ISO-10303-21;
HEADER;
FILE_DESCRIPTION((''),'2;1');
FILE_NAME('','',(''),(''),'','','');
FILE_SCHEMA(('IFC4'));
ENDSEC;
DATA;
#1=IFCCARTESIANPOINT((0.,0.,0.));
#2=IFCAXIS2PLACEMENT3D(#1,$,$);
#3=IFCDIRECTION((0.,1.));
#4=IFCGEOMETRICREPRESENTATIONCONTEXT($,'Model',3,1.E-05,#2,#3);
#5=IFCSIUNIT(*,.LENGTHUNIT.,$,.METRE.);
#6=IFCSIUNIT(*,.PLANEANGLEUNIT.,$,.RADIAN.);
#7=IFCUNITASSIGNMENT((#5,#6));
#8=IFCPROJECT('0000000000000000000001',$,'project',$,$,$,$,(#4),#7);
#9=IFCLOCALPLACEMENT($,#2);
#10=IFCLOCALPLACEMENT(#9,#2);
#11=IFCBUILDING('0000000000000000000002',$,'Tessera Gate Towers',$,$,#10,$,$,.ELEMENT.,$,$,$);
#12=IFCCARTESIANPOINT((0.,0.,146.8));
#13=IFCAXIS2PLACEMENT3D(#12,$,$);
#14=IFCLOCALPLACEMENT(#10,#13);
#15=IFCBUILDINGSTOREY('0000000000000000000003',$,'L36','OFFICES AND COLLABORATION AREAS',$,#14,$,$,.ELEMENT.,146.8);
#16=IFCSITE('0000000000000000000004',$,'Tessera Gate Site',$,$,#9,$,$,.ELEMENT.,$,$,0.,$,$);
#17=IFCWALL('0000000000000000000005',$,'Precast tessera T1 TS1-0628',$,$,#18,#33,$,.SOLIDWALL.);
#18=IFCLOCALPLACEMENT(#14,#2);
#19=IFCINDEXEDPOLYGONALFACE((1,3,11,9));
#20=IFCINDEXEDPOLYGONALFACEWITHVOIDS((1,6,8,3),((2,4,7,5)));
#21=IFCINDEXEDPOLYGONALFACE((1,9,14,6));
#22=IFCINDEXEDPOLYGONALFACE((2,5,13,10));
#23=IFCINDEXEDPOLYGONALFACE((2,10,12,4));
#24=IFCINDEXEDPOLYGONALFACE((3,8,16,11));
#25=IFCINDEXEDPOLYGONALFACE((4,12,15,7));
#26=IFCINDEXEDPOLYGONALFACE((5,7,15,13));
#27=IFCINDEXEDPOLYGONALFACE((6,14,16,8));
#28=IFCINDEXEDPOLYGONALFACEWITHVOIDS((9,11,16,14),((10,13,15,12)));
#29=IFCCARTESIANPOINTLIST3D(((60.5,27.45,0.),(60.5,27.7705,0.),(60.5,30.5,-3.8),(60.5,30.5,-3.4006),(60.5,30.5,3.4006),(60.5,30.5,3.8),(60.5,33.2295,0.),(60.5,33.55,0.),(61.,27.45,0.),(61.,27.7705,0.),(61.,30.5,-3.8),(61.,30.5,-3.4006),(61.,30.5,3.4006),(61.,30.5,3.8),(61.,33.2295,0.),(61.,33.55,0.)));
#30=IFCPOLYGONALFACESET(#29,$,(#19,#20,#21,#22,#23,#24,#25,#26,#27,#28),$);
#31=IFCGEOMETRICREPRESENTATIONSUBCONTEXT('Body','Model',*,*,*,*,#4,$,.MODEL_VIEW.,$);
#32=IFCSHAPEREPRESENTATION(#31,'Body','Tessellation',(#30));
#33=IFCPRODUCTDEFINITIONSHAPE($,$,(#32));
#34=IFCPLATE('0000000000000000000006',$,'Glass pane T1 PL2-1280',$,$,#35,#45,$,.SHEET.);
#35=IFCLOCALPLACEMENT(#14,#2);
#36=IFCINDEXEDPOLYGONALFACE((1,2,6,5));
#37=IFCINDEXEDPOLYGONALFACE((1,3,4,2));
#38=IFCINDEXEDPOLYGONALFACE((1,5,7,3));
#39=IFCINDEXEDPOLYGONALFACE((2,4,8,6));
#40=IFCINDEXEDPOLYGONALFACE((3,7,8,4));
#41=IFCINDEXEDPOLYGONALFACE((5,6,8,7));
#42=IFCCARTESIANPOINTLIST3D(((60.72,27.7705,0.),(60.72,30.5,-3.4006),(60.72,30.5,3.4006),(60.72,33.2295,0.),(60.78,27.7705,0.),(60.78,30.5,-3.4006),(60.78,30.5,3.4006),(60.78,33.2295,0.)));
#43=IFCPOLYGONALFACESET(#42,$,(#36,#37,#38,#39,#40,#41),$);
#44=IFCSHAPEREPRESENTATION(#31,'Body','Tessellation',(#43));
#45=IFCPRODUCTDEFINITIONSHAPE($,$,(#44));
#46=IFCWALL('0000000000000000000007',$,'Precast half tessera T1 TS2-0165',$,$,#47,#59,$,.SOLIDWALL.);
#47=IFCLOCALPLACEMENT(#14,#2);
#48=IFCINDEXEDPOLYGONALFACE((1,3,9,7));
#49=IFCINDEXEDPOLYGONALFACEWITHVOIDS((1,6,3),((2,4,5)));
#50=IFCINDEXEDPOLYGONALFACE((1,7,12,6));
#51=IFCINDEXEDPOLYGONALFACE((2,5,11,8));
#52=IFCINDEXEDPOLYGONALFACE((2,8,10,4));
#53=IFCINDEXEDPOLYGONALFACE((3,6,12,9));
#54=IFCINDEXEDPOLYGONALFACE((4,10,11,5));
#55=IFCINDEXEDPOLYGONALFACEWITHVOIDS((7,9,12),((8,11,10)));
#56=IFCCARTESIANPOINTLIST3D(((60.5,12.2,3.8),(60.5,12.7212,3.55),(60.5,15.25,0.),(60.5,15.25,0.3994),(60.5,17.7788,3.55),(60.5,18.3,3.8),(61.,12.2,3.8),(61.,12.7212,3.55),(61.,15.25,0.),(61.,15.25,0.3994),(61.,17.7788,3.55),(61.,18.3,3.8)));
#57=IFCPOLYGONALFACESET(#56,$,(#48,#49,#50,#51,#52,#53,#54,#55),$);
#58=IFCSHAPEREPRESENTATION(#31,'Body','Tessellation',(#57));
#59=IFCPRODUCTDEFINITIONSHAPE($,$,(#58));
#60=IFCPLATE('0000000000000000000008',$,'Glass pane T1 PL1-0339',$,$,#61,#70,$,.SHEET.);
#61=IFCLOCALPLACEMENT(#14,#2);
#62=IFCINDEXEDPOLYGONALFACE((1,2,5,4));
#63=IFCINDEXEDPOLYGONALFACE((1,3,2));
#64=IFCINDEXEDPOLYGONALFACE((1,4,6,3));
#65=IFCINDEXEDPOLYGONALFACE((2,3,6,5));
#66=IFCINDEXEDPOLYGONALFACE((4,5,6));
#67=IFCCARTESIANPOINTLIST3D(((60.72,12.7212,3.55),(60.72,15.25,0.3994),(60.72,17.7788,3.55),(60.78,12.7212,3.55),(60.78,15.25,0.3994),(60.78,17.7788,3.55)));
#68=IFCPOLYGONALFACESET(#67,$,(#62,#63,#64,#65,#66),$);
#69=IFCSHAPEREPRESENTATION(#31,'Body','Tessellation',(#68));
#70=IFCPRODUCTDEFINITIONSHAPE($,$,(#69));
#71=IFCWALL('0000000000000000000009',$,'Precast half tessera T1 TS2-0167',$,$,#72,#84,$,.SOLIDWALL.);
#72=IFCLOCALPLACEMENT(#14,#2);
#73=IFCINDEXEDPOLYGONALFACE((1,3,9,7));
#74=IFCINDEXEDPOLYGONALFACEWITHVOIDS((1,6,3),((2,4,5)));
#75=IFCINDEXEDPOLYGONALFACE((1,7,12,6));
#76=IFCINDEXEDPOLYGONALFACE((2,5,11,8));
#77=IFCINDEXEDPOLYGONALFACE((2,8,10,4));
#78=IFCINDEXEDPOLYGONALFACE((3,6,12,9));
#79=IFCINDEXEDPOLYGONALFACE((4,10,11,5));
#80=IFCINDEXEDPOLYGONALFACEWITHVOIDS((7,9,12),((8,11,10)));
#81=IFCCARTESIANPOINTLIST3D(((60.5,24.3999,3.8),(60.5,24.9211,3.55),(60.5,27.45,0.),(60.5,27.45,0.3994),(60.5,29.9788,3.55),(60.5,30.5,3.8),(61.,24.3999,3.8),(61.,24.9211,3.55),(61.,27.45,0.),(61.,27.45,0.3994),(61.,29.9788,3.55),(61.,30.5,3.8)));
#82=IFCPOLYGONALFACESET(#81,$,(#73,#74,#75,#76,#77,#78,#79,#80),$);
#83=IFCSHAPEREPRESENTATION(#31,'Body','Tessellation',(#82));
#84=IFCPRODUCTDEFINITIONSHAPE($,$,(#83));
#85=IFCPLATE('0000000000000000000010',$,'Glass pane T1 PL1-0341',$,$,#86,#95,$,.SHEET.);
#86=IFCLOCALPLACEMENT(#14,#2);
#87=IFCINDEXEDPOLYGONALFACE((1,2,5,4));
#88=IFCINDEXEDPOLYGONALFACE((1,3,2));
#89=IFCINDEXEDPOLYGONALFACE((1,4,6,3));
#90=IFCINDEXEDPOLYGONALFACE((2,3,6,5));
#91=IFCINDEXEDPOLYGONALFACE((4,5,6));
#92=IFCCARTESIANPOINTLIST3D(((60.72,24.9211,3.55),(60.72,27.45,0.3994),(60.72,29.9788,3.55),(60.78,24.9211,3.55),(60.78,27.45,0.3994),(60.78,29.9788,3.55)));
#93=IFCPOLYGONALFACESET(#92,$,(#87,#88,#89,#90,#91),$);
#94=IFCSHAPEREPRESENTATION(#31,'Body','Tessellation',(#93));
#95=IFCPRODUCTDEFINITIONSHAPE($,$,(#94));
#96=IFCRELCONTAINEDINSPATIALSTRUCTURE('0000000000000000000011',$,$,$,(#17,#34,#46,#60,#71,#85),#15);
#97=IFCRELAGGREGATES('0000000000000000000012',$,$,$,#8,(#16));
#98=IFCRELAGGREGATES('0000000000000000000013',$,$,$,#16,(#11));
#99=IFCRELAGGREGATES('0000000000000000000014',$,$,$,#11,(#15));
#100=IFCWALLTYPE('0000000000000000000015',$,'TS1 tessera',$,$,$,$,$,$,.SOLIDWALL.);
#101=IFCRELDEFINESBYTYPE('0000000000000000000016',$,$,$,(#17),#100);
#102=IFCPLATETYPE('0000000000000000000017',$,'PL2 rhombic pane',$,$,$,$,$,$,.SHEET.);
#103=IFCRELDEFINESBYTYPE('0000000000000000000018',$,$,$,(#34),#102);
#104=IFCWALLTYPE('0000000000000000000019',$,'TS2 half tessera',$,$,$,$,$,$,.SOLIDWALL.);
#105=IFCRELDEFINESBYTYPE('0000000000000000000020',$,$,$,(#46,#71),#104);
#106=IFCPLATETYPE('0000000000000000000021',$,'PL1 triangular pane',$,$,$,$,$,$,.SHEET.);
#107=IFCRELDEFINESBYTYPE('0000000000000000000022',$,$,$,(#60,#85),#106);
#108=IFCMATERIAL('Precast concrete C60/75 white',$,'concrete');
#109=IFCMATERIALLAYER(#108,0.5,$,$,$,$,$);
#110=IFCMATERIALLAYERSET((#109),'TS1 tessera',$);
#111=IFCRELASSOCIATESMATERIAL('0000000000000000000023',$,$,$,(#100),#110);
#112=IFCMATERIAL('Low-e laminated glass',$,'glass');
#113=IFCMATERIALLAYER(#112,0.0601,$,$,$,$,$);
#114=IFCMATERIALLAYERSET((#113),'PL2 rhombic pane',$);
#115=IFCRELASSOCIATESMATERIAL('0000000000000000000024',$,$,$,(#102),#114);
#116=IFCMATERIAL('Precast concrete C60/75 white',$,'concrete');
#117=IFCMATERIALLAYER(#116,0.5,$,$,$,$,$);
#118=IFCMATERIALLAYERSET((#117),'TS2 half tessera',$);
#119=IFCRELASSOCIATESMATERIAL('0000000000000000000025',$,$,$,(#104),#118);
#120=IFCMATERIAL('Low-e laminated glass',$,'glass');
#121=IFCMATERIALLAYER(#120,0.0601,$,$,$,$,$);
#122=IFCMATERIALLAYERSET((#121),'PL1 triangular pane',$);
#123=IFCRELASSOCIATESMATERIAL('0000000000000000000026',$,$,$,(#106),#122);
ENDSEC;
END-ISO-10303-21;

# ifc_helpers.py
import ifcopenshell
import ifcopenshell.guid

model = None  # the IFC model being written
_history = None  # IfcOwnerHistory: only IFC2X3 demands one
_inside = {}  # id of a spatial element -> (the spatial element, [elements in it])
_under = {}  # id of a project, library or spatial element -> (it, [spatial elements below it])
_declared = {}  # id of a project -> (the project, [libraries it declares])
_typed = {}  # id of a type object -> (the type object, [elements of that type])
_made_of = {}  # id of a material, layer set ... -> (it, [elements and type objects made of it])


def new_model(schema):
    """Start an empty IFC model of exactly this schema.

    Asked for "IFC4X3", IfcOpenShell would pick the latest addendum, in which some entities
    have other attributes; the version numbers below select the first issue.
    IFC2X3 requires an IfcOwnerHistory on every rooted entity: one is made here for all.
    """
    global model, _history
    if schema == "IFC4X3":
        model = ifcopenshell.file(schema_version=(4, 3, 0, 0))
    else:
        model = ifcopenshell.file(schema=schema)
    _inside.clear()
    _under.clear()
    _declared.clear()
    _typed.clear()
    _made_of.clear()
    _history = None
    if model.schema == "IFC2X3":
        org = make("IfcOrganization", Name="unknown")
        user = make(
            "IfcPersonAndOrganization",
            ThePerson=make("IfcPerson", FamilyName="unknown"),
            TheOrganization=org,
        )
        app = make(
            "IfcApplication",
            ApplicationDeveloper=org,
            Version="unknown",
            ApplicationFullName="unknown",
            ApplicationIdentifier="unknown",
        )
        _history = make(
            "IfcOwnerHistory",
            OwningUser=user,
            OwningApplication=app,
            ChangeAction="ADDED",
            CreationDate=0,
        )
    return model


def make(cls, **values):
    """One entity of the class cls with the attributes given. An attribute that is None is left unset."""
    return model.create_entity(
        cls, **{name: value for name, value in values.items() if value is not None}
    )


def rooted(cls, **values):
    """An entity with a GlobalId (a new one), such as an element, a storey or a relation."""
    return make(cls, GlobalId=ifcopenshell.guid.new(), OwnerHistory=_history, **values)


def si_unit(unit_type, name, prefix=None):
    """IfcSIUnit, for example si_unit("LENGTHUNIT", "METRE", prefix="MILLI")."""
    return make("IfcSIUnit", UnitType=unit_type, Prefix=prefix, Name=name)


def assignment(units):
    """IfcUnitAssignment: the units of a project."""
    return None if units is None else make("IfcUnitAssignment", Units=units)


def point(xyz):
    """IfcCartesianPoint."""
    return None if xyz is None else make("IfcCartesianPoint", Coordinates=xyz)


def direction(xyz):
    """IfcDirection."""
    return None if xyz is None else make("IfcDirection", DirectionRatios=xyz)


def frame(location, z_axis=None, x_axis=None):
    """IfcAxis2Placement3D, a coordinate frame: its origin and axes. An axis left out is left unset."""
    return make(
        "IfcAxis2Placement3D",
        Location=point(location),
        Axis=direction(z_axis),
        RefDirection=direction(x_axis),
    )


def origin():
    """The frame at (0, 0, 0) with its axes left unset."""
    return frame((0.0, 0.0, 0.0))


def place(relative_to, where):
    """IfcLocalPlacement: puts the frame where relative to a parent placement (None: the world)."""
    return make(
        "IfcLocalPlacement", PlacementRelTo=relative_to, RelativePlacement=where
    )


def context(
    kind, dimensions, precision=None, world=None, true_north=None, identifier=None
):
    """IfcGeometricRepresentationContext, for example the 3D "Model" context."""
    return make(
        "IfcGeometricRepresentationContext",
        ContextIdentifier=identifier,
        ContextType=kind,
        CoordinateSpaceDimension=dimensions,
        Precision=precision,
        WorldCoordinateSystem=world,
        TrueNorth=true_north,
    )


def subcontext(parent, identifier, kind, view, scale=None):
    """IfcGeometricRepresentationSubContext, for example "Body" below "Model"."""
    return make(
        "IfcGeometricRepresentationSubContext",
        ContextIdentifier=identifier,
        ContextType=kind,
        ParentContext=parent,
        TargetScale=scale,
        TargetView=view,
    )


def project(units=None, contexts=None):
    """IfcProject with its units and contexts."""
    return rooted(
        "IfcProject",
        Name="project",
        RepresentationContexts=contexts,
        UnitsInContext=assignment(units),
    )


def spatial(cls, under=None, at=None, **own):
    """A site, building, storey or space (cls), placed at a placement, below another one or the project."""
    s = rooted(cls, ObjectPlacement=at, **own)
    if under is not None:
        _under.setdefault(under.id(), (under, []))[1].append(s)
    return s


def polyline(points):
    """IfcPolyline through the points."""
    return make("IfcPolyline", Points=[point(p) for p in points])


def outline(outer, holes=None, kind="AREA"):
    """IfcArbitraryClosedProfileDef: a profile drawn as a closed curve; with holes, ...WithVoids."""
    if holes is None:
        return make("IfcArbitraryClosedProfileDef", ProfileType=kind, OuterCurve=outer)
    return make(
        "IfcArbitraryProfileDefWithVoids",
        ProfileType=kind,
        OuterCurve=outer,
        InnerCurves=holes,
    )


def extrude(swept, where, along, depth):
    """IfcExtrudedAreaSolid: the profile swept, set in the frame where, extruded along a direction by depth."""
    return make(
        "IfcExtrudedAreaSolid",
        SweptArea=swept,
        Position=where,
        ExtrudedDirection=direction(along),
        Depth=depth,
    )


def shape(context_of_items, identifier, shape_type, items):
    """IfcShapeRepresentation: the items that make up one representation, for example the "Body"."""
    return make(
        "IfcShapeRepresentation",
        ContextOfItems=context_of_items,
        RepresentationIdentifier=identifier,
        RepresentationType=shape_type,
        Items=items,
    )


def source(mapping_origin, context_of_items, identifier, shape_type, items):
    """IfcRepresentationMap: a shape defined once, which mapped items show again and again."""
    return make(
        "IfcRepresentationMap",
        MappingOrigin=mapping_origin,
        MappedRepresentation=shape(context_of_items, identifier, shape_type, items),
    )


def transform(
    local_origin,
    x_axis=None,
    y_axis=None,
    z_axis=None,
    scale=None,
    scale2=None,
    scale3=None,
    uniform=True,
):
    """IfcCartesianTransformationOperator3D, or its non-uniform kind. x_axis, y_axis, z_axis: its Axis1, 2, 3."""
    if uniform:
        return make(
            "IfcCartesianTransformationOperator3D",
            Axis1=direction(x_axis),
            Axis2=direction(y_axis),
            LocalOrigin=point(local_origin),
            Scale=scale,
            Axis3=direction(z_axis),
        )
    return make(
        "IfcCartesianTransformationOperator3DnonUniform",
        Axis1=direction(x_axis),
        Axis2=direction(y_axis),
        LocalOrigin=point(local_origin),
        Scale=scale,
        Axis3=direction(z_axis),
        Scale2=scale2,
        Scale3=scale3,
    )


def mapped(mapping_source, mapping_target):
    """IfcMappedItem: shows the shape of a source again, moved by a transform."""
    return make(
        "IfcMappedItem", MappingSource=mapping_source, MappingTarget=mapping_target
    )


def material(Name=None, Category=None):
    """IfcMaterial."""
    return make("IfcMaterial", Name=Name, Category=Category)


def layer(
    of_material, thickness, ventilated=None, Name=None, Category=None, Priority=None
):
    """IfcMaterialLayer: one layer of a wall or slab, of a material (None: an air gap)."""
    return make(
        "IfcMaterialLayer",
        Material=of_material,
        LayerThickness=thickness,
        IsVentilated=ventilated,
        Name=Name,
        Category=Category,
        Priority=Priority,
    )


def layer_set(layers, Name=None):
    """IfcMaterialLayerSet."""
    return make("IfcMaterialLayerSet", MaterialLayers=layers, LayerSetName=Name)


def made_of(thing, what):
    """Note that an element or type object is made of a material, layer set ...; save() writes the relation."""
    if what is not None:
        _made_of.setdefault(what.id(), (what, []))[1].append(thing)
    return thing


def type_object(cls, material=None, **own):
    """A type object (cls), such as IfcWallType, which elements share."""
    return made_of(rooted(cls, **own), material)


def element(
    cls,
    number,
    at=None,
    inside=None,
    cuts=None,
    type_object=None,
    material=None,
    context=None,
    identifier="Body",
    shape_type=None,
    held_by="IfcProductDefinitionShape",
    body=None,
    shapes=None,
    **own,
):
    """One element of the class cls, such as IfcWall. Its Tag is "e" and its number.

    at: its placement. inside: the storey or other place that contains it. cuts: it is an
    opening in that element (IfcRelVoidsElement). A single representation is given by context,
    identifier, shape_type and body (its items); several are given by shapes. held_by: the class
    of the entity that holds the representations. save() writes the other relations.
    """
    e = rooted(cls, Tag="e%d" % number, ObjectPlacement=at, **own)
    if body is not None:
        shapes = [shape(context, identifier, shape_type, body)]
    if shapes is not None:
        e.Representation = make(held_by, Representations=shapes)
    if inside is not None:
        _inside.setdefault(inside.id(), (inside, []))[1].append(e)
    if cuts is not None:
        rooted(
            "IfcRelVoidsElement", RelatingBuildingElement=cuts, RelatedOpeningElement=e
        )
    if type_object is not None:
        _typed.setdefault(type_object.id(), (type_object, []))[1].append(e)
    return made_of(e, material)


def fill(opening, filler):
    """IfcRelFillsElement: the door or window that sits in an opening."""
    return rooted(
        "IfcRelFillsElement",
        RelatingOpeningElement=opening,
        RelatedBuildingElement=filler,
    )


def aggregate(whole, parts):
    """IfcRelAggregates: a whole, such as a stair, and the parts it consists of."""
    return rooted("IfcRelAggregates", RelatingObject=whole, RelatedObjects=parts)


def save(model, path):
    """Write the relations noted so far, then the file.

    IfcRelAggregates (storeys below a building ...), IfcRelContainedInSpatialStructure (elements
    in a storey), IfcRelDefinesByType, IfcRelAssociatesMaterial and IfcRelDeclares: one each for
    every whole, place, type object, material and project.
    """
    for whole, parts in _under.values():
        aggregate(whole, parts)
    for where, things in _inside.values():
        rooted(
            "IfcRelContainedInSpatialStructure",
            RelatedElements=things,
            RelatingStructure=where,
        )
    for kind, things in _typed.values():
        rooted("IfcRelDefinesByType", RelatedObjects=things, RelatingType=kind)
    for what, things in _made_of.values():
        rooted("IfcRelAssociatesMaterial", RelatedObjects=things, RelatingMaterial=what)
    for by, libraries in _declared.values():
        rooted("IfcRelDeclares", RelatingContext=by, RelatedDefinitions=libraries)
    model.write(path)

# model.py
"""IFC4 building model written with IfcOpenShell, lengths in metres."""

from ifc_helpers import new_model, si_unit, direction, frame, origin, place, context, subcontext, project, spatial, polyline, outline, extrude, source, transform, mapped, material, layer, layer_set, type_object, element, fill, save


model = new_model("IFC4")

# Units and contexts
model_context = context("Model", 3, precision=1e-05, world=origin(), true_north=direction((0.0, 1.0)))
body_context = subcontext(model_context, "Body", "Model", "MODEL_VIEW")
ifc_project = project(units=[si_unit("LENGTHUNIT", "METRE"), si_unit("PLANEANGLEUNIT", "RADIAN")], contexts=[model_context])

# Site, building, storey
site_placement = place(None, origin())
site = spatial("IfcSite", under=ifc_project, at=site_placement, Name="Tessera Gate Site", CompositionType="ELEMENT", RefElevation=0.0)
building_placement = place(site_placement, origin())
building = spatial("IfcBuilding", under=site, at=building_placement, Name="Tessera Gate Towers", CompositionType="ELEMENT")
storey_placement = place(building_placement, frame((0.0, 0.0, 146.8)))
storey = spatial("IfcBuildingStorey", under=building, at=storey_placement, Name="L36", Description="OFFICES AND COLLABORATION AREAS", CompositionType="ELEMENT", Elevation=146.8)

# Walls, openings, plates
ifc_material_1 = material(Name="Precast concrete C60/75 white", Category="concrete")
ifc_layer_1 = layer(ifc_material_1, 0.5)
ifc_layer_set_1 = layer_set([ifc_layer_1], Name="TS1 tessera")
wall_type_1 = type_object("IfcWallType", Name="TS1 tessera", PredefinedType="SOLIDWALL", material=ifc_layer_set_1)
shared_shape_1 = source(origin(), body_context, "Body", "SweptSolid", [
    extrude(outline(polyline([(3.05, 0.0), (6.1001, 3.8), (3.05, 7.6001), (0.0, 3.8), (3.05, 0.0)])), frame((0.0, 0.25, 0.0), z_axis=(0.0, -1.0, 0.0), x_axis=(1.0, 0.0, 0.0)), (0.0, 0.0, 1.0), 0.5),
])
shared_shape_2 = source(origin(), body_context, "Body", "SweptSolid", [
    extrude(outline(polyline([(3.05, 0.3994), (5.7795, 3.8), (3.05, 7.2007), (0.3206, 3.8), (3.05, 0.3994)])), frame((0.0, 0.26, 0.0), z_axis=(0.0, -1.0, 0.0), x_axis=(1.0, 0.0, 0.0)), (0.0, 0.0, 1.0), 0.52),
])
ifc_material_2 = material(Name="Low-e laminated glass", Category="glass")
ifc_layer_2 = layer(ifc_material_2, 0.0601)
ifc_layer_set_2 = layer_set([ifc_layer_2], Name="PL2 rhombic pane")
plate_type_1 = type_object("IfcPlateType", Name="PL2 rhombic pane", PredefinedType="SHEET", material=ifc_layer_set_2)
shared_shape_3 = source(origin(), body_context, "Body", "SweptSolid", [
    extrude(outline(polyline([(3.05, 0.3994), (5.7795, 3.8), (3.05, 7.2007), (0.3206, 3.8), (3.05, 0.3994)])), frame((0.0, 0.03, 0.0), z_axis=(0.0, -1.0, 0.0), x_axis=(1.0, 0.0, 0.0)), (0.0, 0.0, 1.0), 0.0601),
])
wall_1_placement = place(storey_placement, frame((60.75, 27.45, -3.8), z_axis=(0.0, 0.0, 1.0), x_axis=(0.0, 1.0, 0.0)))
wall_1 = element("IfcWall", 1, at=wall_1_placement, inside=storey, type_object=wall_type_1, Name="Precast tessera T1 TS1-0628", PredefinedType="SOLIDWALL", context=body_context, shape_type="MappedRepresentation", body=[
    mapped(shared_shape_1, transform((0.0, 0.0, 0.0), scale=1.0)),
])
opening_1_placement = place(wall_1_placement, origin())
opening_1 = element("IfcOpeningElement", 2, at=opening_1_placement, cuts=wall_1, PredefinedType="OPENING", context=body_context, shape_type="MappedRepresentation", body=[
    mapped(shared_shape_2, transform((0.0, 0.0, 0.0), scale=1.0)),
])
plate_1_placement = place(opening_1_placement, origin())
plate_1 = element("IfcPlate", 3, at=plate_1_placement, inside=storey, type_object=plate_type_1, Name="Glass pane T1 PL2-1280", PredefinedType="SHEET", context=body_context, shape_type="MappedRepresentation", body=[
    mapped(shared_shape_3, transform((0.0, 0.0, 0.0), scale=1.0)),
])
fill(opening_1, plate_1)
ifc_material_3 = material(Name="Precast concrete C60/75 white", Category="concrete")
ifc_layer_3 = layer(ifc_material_3, 0.5)
ifc_layer_set_3 = layer_set([ifc_layer_3], Name="TS2 half tessera")
wall_type_2 = type_object("IfcWallType", Name="TS2 half tessera", PredefinedType="SOLIDWALL", material=ifc_layer_set_3)
shared_shape_4 = source(origin(), body_context, "Body", "SweptSolid", [
    extrude(outline(polyline([(3.05, 0.0), (6.1001, 3.8), (0.0, 3.8), (3.05, 0.0)])), frame((0.0, 0.25, 0.0), z_axis=(0.0, -1.0, 0.0), x_axis=(1.0, 0.0, 0.0)), (0.0, 0.0, 1.0), 0.5),
])
wall_2_placement = place(storey_placement, frame((60.75, 12.2, 0.0), z_axis=(0.0, 0.0, 1.0), x_axis=(0.0, 1.0, 0.0)))
wall_2 = element("IfcWall", 4, at=wall_2_placement, inside=storey, type_object=wall_type_2, Name="Precast half tessera T1 TS2-0165", PredefinedType="SOLIDWALL", context=body_context, shape_type="MappedRepresentation", body=[
    mapped(shared_shape_4, transform((0.0, 0.0, 0.0), scale=1.0)),
])
shared_shape_5 = source(origin(), body_context, "Body", "SweptSolid", [
    extrude(outline(polyline([(3.05, 0.3994), (5.5789, 3.55), (0.5212, 3.55), (3.05, 0.3994)])), frame((0.0, 0.26, 0.0), z_axis=(0.0, -1.0, 0.0), x_axis=(1.0, 0.0, 0.0)), (0.0, 0.0, 1.0), 0.52),
])
opening_2_placement = place(wall_2_placement, origin())
opening_2 = element("IfcOpeningElement", 5, at=opening_2_placement, cuts=wall_2, PredefinedType="OPENING", context=body_context, shape_type="MappedRepresentation", body=[
    mapped(shared_shape_5, transform((0.0, 0.0, 0.0), scale=1.0)),
])
ifc_material_4 = material(Name="Low-e laminated glass", Category="glass")
ifc_layer_4 = layer(ifc_material_4, 0.0601)
ifc_layer_set_4 = layer_set([ifc_layer_4], Name="PL1 triangular pane")
plate_type_2 = type_object("IfcPlateType", Name="PL1 triangular pane", PredefinedType="SHEET", material=ifc_layer_set_4)
shared_shape_6 = source(origin(), body_context, "Body", "SweptSolid", [
    extrude(outline(polyline([(3.05, 0.3994), (5.5789, 3.55), (0.5212, 3.55), (3.05, 0.3994)])), frame((0.0, 0.03, 0.0), z_axis=(0.0, -1.0, 0.0), x_axis=(1.0, 0.0, 0.0)), (0.0, 0.0, 1.0), 0.0601),
])
plate_2_placement = place(opening_2_placement, origin())
plate_2 = element("IfcPlate", 6, at=plate_2_placement, inside=storey, type_object=plate_type_2, Name="Glass pane T1 PL1-0339", PredefinedType="SHEET", context=body_context, shape_type="MappedRepresentation", body=[
    mapped(shared_shape_6, transform((0.0, 0.0, 0.0), scale=1.0)),
])
fill(opening_2, plate_2)
wall_3_placement = place(storey_placement, frame((60.75, 24.3999, 0.0), z_axis=(0.0, 0.0, 1.0), x_axis=(0.0, 1.0, 0.0)))
wall_3 = element("IfcWall", 7, at=wall_3_placement, inside=storey, type_object=wall_type_2, Name="Precast half tessera T1 TS2-0167", PredefinedType="SOLIDWALL", context=body_context, shape_type="MappedRepresentation", body=[
    mapped(shared_shape_4, transform((0.0, 0.0, 0.0), scale=1.0)),
])
opening_3_placement = place(wall_3_placement, origin())
opening_3 = element("IfcOpeningElement", 8, at=opening_3_placement, cuts=wall_3, PredefinedType="OPENING", context=body_context, shape_type="MappedRepresentation", body=[
    mapped(shared_shape_5, transform((0.0, 0.0, 0.0), scale=1.0)),
])
plate_3_placement = place(opening_3_placement, origin())
plate_3 = element("IfcPlate", 9, at=plate_3_placement, inside=storey, type_object=plate_type_2, Name="Glass pane T1 PL1-0341", PredefinedType="SHEET", context=body_context, shape_type="MappedRepresentation", body=[
    mapped(shared_shape_6, transform((0.0, 0.0, 0.0), scale=1.0)),
])
fill(opening_3, plate_3)

save(model, "model.ifc")
